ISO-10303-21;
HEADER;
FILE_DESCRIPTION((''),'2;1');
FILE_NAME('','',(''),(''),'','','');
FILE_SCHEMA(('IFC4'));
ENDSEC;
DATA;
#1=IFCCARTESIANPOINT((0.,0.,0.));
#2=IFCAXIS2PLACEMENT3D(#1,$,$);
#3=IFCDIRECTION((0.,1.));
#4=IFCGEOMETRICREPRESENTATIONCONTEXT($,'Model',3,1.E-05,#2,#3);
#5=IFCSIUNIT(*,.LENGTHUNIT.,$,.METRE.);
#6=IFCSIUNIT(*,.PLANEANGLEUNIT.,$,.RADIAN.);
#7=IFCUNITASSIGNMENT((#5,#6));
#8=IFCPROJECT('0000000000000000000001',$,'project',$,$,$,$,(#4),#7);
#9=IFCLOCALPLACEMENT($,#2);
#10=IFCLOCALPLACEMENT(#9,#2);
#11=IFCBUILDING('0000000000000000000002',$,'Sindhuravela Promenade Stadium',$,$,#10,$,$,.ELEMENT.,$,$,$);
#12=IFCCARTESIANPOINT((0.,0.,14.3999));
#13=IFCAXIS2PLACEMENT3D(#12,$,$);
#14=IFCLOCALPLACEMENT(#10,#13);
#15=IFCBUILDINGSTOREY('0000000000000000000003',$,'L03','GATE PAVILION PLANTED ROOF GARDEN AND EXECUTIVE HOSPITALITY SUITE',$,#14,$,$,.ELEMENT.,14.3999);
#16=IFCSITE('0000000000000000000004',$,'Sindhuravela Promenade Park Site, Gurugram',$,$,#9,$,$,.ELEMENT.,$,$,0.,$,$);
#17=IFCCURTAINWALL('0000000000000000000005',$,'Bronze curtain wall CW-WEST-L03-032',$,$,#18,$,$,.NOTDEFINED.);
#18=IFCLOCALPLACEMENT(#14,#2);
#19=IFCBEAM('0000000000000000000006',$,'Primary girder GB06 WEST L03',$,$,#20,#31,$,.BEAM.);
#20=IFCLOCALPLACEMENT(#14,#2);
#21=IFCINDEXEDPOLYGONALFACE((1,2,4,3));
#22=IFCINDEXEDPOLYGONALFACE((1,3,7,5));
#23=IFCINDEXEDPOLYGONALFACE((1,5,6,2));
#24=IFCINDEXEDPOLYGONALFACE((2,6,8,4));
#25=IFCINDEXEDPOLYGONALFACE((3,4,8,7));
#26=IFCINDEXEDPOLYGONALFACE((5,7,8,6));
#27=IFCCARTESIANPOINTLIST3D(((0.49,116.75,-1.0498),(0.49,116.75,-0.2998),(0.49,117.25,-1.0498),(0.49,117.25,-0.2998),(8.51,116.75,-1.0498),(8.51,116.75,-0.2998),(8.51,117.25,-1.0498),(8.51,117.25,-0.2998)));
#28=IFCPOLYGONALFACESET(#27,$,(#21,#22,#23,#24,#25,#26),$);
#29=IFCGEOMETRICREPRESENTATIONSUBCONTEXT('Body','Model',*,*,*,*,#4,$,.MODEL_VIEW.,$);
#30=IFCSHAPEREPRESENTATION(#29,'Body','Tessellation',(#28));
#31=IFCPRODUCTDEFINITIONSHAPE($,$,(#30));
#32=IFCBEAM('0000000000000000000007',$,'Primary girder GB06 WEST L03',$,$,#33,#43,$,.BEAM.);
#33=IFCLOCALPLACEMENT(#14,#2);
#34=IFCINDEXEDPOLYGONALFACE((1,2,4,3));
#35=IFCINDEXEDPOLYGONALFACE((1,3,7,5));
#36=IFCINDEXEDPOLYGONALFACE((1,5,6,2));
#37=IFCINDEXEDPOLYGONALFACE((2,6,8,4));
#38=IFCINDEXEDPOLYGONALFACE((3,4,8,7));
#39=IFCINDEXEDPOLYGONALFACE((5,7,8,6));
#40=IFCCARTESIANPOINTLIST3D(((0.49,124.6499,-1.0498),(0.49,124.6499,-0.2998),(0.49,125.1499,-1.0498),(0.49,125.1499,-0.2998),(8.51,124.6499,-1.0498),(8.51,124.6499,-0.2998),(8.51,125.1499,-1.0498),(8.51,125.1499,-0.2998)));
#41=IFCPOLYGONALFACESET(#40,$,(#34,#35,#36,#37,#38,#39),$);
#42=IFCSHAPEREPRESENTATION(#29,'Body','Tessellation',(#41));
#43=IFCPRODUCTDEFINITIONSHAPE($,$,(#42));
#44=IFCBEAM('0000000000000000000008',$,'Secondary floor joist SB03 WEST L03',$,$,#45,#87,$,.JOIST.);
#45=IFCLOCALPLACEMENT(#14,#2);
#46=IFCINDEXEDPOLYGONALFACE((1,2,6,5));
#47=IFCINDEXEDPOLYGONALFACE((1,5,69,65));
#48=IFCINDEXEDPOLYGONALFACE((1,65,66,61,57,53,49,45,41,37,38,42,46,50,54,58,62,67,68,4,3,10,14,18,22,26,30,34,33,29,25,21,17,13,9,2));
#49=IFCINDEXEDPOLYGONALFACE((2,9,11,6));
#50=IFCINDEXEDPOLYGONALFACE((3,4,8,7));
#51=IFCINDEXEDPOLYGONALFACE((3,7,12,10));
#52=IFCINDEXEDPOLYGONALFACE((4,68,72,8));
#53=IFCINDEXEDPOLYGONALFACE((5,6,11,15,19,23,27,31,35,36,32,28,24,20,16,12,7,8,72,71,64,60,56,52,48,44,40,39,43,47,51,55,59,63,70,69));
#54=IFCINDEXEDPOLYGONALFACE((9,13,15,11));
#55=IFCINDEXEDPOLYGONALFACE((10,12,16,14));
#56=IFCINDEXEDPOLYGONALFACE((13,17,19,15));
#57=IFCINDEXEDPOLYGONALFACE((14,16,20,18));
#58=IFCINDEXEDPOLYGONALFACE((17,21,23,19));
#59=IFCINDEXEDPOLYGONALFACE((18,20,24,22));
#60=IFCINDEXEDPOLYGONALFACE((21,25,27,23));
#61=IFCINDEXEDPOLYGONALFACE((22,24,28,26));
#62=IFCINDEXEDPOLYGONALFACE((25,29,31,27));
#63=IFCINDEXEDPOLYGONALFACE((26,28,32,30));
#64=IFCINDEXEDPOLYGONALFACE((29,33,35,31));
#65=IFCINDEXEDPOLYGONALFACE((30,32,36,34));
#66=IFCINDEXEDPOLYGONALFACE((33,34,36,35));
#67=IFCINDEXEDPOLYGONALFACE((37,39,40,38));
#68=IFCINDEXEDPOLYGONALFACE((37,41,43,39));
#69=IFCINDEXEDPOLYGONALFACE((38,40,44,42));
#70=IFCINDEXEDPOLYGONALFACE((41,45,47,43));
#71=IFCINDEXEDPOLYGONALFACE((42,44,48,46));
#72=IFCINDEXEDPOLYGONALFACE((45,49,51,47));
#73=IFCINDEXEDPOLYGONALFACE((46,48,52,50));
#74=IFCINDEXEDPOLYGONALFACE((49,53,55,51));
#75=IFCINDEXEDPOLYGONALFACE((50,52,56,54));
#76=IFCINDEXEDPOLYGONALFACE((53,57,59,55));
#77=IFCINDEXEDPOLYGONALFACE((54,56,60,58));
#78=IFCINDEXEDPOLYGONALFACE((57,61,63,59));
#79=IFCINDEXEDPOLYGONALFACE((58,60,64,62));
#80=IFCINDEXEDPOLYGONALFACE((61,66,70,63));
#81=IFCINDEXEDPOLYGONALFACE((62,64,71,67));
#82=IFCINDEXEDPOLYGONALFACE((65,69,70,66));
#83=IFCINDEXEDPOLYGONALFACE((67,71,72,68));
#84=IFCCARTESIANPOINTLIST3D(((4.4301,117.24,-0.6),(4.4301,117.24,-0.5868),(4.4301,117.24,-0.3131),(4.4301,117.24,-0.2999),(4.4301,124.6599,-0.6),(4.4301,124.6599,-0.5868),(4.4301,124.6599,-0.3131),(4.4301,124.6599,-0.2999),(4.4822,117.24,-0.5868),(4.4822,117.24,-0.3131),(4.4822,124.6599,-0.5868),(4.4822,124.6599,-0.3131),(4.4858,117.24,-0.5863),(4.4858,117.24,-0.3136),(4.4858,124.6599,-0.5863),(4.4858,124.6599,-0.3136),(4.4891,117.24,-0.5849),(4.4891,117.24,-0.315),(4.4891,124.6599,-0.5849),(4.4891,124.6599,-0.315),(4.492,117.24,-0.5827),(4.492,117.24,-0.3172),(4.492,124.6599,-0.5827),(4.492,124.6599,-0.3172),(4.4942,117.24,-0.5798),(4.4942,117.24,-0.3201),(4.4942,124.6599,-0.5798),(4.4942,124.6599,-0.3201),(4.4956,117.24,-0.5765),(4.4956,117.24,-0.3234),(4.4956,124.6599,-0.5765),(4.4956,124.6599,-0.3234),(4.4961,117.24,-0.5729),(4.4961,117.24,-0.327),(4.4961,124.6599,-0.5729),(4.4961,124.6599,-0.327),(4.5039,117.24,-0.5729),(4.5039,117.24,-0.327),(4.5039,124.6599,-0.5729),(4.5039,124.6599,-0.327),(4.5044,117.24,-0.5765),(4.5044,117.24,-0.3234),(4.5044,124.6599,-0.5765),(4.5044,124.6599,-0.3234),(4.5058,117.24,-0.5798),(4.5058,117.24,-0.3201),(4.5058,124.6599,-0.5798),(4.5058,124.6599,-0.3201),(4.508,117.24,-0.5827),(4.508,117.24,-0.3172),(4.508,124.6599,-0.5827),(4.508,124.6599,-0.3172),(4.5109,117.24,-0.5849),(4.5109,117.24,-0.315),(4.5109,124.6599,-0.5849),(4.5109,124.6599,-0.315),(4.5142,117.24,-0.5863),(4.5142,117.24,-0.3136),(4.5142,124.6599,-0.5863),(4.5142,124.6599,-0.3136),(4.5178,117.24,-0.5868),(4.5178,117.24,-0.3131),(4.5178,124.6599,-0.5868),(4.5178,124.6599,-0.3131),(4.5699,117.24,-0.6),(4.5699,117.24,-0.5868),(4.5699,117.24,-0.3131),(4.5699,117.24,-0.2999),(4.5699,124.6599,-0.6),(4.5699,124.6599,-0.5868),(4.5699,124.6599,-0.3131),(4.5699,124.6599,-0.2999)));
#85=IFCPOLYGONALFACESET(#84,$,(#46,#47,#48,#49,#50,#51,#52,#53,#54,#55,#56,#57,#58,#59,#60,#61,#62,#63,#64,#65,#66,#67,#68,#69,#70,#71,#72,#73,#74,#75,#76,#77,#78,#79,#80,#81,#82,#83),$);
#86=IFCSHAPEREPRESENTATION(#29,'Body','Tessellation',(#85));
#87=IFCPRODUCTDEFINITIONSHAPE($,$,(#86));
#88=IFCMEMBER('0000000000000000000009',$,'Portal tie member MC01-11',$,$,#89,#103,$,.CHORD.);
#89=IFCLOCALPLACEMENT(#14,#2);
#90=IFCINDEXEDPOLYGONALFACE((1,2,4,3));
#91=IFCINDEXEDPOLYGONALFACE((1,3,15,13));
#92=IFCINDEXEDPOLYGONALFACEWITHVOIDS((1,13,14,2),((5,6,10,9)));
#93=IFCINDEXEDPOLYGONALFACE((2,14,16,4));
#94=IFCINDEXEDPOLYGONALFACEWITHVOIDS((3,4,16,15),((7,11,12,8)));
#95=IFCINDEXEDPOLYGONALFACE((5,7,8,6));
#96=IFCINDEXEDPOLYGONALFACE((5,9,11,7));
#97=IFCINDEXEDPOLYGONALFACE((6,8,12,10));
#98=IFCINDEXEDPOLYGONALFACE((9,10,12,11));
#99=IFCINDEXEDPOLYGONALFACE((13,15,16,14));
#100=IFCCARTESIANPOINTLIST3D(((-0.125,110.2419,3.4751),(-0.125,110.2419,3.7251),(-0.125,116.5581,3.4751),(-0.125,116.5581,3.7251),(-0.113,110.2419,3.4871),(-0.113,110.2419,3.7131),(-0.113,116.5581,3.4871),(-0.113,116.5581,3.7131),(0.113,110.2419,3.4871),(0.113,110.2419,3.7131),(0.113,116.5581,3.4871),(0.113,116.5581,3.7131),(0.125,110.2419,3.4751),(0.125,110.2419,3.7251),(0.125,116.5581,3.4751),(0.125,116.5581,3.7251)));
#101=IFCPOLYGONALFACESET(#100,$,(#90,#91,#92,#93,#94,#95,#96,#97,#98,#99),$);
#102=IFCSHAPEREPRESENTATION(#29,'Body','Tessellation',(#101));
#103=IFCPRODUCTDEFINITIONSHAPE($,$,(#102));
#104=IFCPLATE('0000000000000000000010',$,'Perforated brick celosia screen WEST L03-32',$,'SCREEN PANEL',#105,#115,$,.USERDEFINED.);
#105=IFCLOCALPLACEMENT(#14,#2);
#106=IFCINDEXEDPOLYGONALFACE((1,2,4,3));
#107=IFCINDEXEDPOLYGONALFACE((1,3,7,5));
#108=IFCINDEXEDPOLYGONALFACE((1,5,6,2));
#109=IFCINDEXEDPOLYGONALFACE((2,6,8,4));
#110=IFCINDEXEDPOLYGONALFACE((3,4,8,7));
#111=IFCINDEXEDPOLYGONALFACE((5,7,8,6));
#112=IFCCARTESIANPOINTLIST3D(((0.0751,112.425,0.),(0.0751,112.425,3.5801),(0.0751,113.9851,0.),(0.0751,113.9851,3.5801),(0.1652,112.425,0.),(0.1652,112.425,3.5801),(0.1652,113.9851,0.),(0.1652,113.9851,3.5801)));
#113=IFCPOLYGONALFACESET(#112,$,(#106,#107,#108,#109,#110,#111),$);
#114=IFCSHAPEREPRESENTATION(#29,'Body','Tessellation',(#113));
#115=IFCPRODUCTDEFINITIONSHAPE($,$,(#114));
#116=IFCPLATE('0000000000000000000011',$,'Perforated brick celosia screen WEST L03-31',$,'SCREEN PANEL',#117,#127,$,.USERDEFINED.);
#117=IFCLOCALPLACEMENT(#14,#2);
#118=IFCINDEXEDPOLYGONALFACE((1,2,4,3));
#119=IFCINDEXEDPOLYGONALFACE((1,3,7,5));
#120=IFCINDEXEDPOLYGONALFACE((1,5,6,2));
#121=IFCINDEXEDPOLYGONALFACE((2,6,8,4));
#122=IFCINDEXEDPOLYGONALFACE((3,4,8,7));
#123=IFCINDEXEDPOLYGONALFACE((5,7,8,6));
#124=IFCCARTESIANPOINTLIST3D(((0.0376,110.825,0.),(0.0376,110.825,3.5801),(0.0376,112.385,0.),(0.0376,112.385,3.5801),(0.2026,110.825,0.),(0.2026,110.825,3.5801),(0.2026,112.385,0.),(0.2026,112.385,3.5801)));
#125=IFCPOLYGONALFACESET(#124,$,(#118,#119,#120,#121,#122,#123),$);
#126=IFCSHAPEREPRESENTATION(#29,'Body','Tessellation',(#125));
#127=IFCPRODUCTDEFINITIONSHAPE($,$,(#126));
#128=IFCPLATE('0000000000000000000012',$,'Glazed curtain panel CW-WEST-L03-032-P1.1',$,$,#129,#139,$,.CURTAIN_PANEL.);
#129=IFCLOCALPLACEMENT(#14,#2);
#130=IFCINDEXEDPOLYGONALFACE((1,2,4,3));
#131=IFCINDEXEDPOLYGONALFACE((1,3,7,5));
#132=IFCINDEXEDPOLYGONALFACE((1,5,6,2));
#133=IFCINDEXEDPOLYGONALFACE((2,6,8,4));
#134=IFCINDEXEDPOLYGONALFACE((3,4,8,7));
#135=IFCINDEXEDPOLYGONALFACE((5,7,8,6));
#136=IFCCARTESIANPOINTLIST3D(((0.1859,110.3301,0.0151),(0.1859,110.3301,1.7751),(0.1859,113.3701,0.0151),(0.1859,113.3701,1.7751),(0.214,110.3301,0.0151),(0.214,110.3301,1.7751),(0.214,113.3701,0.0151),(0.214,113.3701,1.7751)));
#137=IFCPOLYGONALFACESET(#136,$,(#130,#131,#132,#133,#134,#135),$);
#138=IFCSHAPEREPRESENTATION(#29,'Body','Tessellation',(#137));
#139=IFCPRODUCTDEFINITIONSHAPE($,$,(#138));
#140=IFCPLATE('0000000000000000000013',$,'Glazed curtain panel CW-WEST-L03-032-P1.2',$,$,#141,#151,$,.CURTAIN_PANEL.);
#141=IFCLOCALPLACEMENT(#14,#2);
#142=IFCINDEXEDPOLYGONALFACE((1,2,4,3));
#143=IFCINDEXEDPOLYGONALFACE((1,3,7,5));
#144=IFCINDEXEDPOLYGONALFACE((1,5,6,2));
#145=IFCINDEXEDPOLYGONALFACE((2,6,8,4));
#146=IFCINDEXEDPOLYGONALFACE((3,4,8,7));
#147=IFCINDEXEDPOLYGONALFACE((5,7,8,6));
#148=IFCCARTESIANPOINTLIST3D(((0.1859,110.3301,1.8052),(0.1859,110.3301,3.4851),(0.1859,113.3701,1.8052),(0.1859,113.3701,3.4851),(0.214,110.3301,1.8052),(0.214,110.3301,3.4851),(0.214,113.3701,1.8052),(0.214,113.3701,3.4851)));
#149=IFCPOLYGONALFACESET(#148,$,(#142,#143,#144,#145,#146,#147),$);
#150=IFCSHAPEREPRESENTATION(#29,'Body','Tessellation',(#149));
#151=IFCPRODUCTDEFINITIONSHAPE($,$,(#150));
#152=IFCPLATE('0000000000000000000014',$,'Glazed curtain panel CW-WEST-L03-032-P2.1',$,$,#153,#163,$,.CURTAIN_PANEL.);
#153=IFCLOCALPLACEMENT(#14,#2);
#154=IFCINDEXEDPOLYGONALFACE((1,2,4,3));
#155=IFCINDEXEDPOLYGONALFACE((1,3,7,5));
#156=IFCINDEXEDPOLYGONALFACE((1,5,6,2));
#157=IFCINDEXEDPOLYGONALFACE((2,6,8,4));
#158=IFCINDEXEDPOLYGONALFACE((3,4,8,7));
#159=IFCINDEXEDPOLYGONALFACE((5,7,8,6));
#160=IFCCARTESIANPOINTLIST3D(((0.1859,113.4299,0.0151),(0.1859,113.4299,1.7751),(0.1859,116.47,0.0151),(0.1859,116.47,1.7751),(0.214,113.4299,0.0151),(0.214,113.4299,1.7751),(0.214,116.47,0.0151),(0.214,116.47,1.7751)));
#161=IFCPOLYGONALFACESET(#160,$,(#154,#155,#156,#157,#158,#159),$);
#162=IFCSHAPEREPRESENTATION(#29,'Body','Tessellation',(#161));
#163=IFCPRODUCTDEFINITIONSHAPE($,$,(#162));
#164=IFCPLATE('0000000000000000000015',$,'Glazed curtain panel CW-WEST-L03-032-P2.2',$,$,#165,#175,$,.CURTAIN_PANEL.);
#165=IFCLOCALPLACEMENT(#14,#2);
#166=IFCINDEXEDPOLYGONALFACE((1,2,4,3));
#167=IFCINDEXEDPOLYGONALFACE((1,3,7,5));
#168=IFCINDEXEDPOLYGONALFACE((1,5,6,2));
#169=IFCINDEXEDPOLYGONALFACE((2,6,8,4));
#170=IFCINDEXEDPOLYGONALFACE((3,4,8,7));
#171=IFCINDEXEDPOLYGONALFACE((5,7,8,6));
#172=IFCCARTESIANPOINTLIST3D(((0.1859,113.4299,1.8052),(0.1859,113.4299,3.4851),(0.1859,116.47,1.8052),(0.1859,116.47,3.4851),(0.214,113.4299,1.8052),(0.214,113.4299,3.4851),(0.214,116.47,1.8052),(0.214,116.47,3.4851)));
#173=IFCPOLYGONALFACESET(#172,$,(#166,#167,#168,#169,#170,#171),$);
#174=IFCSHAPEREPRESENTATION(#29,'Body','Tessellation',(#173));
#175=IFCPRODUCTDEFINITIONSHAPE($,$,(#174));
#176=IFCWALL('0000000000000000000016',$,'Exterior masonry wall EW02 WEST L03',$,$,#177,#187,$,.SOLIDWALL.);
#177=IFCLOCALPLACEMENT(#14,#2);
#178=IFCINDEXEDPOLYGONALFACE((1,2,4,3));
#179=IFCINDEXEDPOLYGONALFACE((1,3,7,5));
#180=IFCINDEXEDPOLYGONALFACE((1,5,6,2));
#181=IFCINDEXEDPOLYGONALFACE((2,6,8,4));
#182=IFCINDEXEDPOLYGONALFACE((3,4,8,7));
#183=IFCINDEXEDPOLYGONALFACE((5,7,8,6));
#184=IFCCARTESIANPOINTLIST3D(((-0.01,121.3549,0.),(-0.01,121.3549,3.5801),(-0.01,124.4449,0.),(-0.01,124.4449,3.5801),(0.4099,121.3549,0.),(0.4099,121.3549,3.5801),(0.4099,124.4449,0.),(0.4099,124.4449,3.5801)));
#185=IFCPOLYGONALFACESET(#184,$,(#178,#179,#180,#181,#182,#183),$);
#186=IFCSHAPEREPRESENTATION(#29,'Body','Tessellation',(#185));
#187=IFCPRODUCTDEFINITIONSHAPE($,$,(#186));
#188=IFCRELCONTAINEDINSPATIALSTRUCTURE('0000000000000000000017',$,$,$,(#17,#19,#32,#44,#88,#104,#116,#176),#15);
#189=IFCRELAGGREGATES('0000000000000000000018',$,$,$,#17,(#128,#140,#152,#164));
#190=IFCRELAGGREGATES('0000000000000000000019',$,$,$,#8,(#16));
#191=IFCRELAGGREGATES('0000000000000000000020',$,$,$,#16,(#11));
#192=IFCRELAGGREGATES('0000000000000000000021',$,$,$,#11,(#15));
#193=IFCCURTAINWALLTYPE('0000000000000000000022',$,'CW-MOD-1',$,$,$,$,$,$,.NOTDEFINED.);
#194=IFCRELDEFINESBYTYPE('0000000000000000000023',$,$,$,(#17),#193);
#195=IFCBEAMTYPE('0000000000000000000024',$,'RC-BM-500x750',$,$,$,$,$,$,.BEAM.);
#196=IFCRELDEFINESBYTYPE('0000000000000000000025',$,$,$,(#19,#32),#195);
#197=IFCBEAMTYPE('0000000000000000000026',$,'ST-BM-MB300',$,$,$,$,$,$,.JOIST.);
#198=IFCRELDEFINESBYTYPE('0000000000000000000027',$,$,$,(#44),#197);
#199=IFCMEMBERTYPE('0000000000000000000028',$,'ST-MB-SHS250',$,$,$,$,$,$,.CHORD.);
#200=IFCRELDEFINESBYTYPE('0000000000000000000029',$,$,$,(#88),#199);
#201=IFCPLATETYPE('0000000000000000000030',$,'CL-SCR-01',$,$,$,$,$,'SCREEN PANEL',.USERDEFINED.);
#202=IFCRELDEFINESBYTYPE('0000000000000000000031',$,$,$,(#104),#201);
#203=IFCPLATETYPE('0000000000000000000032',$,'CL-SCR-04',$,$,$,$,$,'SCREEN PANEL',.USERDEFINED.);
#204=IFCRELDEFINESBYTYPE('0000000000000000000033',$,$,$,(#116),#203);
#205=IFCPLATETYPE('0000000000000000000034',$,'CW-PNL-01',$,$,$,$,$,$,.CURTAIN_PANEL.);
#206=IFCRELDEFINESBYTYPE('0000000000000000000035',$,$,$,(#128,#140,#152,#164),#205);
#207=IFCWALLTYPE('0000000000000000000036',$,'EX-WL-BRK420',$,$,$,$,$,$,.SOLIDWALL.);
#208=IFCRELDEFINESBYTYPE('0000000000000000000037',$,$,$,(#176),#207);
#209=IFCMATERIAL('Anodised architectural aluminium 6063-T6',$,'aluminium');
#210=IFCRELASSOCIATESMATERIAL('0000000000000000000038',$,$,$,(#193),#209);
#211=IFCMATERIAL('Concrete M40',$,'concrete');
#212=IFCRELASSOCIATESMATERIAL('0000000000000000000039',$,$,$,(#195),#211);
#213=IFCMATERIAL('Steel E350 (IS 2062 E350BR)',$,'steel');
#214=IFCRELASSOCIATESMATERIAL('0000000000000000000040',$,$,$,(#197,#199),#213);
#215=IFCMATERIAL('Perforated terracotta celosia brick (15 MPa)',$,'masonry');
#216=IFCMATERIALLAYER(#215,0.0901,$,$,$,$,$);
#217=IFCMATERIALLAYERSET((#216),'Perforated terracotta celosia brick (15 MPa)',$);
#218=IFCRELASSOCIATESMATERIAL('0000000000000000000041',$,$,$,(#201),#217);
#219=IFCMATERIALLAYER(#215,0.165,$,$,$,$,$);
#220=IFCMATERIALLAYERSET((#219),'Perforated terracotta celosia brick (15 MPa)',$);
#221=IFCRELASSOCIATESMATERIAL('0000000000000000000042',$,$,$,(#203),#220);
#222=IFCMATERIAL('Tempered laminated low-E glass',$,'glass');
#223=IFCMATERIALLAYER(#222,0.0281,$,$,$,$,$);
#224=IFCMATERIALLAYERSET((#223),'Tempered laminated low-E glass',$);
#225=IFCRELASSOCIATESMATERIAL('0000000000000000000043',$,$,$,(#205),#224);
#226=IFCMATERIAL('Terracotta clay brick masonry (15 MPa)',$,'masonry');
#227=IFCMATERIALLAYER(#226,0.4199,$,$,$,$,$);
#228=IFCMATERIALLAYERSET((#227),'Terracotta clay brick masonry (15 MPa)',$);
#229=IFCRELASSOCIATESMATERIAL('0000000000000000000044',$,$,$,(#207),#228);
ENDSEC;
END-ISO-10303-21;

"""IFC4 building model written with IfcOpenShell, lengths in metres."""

from ifc_helpers import new_model, si_unit, direction, frame, frame_2d, origin, origin_2d, place, context, subcontext, project, spatial, rectangle, hollow_rectangle, i_section, extrude, material, layer, layer_set, material_profile, profile_set, type_object, element, aggregate, save


model = new_model("IFC4")

# Units and contexts
model_context = context("Model", 3, precision=1e-05, world=origin(), true_north=direction((0.0, 1.0)))
body_context = subcontext(model_context, "Body", "Model", "MODEL_VIEW")
ifc_project = project(units=[si_unit("LENGTHUNIT", "METRE"), si_unit("PLANEANGLEUNIT", "RADIAN")], contexts=[model_context])

# Site, building, storey
site_placement = place(None, origin())
site = spatial("IfcSite", under=ifc_project, at=site_placement, Name="Sindhuravela Promenade Park Site, Gurugram", CompositionType="ELEMENT", RefElevation=0.0)
building_placement = place(site_placement, origin())
building = spatial("IfcBuilding", under=site, at=building_placement, Name="Sindhuravela Promenade Stadium", CompositionType="ELEMENT")
storey_placement = place(building_placement, frame((0.0, 0.0, 14.3999)))
storey = spatial("IfcBuildingStorey", under=building, at=storey_placement, Name="L03", Description="GATE PAVILION PLANTED ROOF GARDEN AND EXECUTIVE HOSPITALITY SUITE", CompositionType="ELEMENT", Elevation=14.3999)

# Shared definitions
ifc_material_1 = material(Name="Concrete M40", Category="concrete")

# Curtain wall
ifc_material_2 = material(Name="Anodised architectural aluminium 6063-T6", Category="aluminium")
curtain_wall_type_1 = type_object("IfcCurtainWallType", Name="CW-MOD-1", PredefinedType="NOTDEFINED", material=ifc_material_2)
curtain_wall_1_placement = place(storey_placement, origin())
curtain_wall_1 = element("IfcCurtainWall", 1, at=curtain_wall_1_placement, inside=storey, type_object=curtain_wall_type_1, Name="Bronze curtain wall CW-WEST-L03-032", PredefinedType="NOTDEFINED")

# Beams
ifc_material_profile_1 = material_profile(ifc_material_1, rectangle(XDim=0.5, YDim=0.75, at=origin_2d()), Name="RC 500x750")
ifc_profile_set_1 = profile_set([ifc_material_profile_1], Name="Concrete M40")
beam_type_1 = type_object("IfcBeamType", Name="RC-BM-500x750", PredefinedType="BEAM", material=ifc_profile_set_1)
for number, where, z_axis, x_axis, name in (
    (2, (0.49, 117.0, -0.6748), (1.0, 0.0, 0.0), (0.0, 1.0, 0.0), "Primary girder GB06 WEST L03"),
    (3, (0.49, 124.8999, -0.6748), (1.0, 0.0, 0.0), (0.0, 1.0, 0.0), "Primary girder GB06 WEST L03"),
):
    element("IfcBeam", number, at=place(storey_placement, frame(where, z_axis=z_axis, x_axis=x_axis)), inside=storey, type_object=beam_type_1, Name=name, PredefinedType="BEAM", context=body_context, shape_type="SweptSolid", body=[
        extrude(rectangle(XDim=0.5, YDim=0.75, at=origin_2d()), origin(), (0.0, 0.0, 1.0), 8.02),
    ])
ifc_material_3 = material(Name="Steel E350 (IS 2062 E350BR)", Category="steel")
ifc_material_profile_2 = material_profile(ifc_material_3, i_section(OverallWidth=0.1399, OverallDepth=0.3, WebThickness=0.0078, FlangeThickness=0.0132, FilletRadius=0.0139, at=origin_2d()), Name="ISMB 300")
ifc_profile_set_2 = profile_set([ifc_material_profile_2], Name="Steel E350 (IS 2062 E350BR)")
beam_type_2 = type_object("IfcBeamType", Name="ST-BM-MB300", PredefinedType="JOIST", material=ifc_profile_set_2)
beam_1_placement = place(storey_placement, frame((4.5, 117.24, -0.45), z_axis=(0.0, 1.0, 0.0), x_axis=(-1.0, 0.0, 0.0)))
element("IfcBeam", 4, at=beam_1_placement, inside=storey, type_object=beam_type_2, Name="Secondary floor joist SB03 WEST L03", PredefinedType="JOIST", context=body_context, shape_type="SweptSolid", body=[
    extrude(i_section(OverallWidth=0.1399, OverallDepth=0.3, WebThickness=0.0078, FlangeThickness=0.0132, FilletRadius=0.0139, at=origin_2d()), origin(), (0.0, 0.0, 1.0), 7.4199),
])

# Member
ifc_material_profile_3 = material_profile(ifc_material_3, hollow_rectangle(XDim=0.25, YDim=0.25, WallThickness=0.012, at=origin_2d()), Name="SHS 250x250x12")
ifc_profile_set_3 = profile_set([ifc_material_profile_3], Name="Steel E350 (IS 2062 E350BR)")
member_type_1 = type_object("IfcMemberType", Name="ST-MB-SHS250", PredefinedType="CHORD", material=ifc_profile_set_3)
member_1_placement = place(storey_placement, frame((0.0, 110.2419, 3.6001), z_axis=(0.0, 1.0, 0.0), x_axis=(-1.0, 0.0, 0.0)))
element("IfcMember", 5, at=member_1_placement, inside=storey, type_object=member_type_1, Name="Portal tie member MC01-11", PredefinedType="CHORD", context=body_context, shape_type="SweptSolid", body=[
    extrude(hollow_rectangle(XDim=0.25, YDim=0.25, WallThickness=0.012, at=origin_2d()), origin(), (0.0, 0.0, 1.0), 6.3162),
])

# Plates
ifc_material_4 = material(Name="Perforated terracotta celosia brick (15 MPa)", Category="masonry")
ifc_layer_1 = layer(ifc_material_4, 0.0901)
ifc_layer_set_1 = layer_set([ifc_layer_1], Name="Perforated terracotta celosia brick (15 MPa)")
plate_type_1 = type_object("IfcPlateType", Name="CL-SCR-01", ElementType="SCREEN PANEL", PredefinedType="USERDEFINED", material=ifc_layer_set_1)
plate_1_placement = place(storey_placement, frame((0.1201, 113.2051, 0.0), z_axis=(0.0, 0.0, 1.0), x_axis=(0.0, 1.0, 0.0)))
element("IfcPlate", 6, at=plate_1_placement, inside=storey, type_object=plate_type_1, Name="Perforated brick celosia screen WEST L03-32", ObjectType="SCREEN PANEL", PredefinedType="USERDEFINED", context=body_context, shape_type="SweptSolid", body=[
    extrude(rectangle(XDim=1.5601, YDim=0.0901, at=origin_2d()), origin(), (0.0, 0.0, 1.0), 3.5801),
])
ifc_layer_2 = layer(ifc_material_4, 0.165)
ifc_layer_set_2 = layer_set([ifc_layer_2], Name="Perforated terracotta celosia brick (15 MPa)")
plate_type_2 = type_object("IfcPlateType", Name="CL-SCR-04", ElementType="SCREEN PANEL", PredefinedType="USERDEFINED", material=ifc_layer_set_2)
plate_2_placement = place(storey_placement, frame((0.1201, 111.605, 0.0), z_axis=(0.0, 0.0, 1.0), x_axis=(0.0, 1.0, 0.0)))
element("IfcPlate", 7, at=plate_2_placement, inside=storey, type_object=plate_type_2, Name="Perforated brick celosia screen WEST L03-31", ObjectType="SCREEN PANEL", PredefinedType="USERDEFINED", context=body_context, shape_type="SweptSolid", body=[
    extrude(rectangle(XDim=1.5601, YDim=0.165, at=origin_2d()), origin(), (0.0, 0.0, 1.0), 3.5801),
])

# Plates
ifc_material_5 = material(Name="Tempered laminated low-E glass", Category="glass")
ifc_layer_3 = layer(ifc_material_5, 0.0281)
ifc_layer_set_3 = layer_set([ifc_layer_3], Name="Tempered laminated low-E glass")
plate_type_3 = type_object("IfcPlateType", Name="CW-PNL-01", PredefinedType="CURTAIN_PANEL", material=ifc_layer_set_3)
plate_3_placement = place(storey_placement, frame((0.2, 111.8501, 0.0151), z_axis=(0.0, 0.0, 1.0), x_axis=(0.0, 1.0, 0.0)))
plate_3 = element("IfcPlate", 8, at=plate_3_placement, type_object=plate_type_3, Name="Glazed curtain panel CW-WEST-L03-032-P1.1", PredefinedType="CURTAIN_PANEL", context=body_context, shape_type="SweptSolid", body=[
    extrude(rectangle(XDim=3.04, YDim=0.0281, at=origin_2d()), origin(), (0.0, 0.0, 1.0), 1.76),
])
plate_4_placement = place(storey_placement, frame((0.2, 111.8501, 1.8052), z_axis=(0.0, 0.0, 1.0), x_axis=(0.0, 1.0, 0.0)))
plate_4 = element("IfcPlate", 9, at=plate_4_placement, type_object=plate_type_3, Name="Glazed curtain panel CW-WEST-L03-032-P1.2", PredefinedType="CURTAIN_PANEL", context=body_context, shape_type="SweptSolid", body=[
    extrude(rectangle(XDim=3.04, YDim=0.0281, at=origin_2d()), origin(), (0.0, 0.0, 1.0), 1.6799),
])
plate_5_placement = place(storey_placement, frame((0.2, 114.95, 0.0151), z_axis=(0.0, 0.0, 1.0), x_axis=(0.0, 1.0, 0.0)))
plate_5 = element("IfcPlate", 10, at=plate_5_placement, type_object=plate_type_3, Name="Glazed curtain panel CW-WEST-L03-032-P2.1", PredefinedType="CURTAIN_PANEL", context=body_context, shape_type="SweptSolid", body=[
    extrude(rectangle(XDim=3.04, YDim=0.0281, at=origin_2d()), origin(), (0.0, 0.0, 1.0), 1.76),
])
plate_6_placement = place(storey_placement, frame((0.2, 114.95, 1.8052), z_axis=(0.0, 0.0, 1.0), x_axis=(0.0, 1.0, 0.0)))
plate_6 = element("IfcPlate", 11, at=plate_6_placement, type_object=plate_type_3, Name="Glazed curtain panel CW-WEST-L03-032-P2.2", PredefinedType="CURTAIN_PANEL", context=body_context, shape_type="SweptSolid", body=[
    extrude(rectangle(XDim=3.04, YDim=0.0281, at=origin_2d()), origin(), (0.0, 0.0, 1.0), 1.6799),
])
aggregate(curtain_wall_1, [plate_3, plate_4, plate_5, plate_6])

# Wall
ifc_material_6 = material(Name="Terracotta clay brick masonry (15 MPa)", Category="masonry")
ifc_layer_4 = layer(ifc_material_6, 0.4199)
ifc_layer_set_4 = layer_set([ifc_layer_4], Name="Terracotta clay brick masonry (15 MPa)")
wall_type_1 = type_object("IfcWallType", Name="EX-WL-BRK420", PredefinedType="SOLIDWALL", material=ifc_layer_set_4)
wall_1_placement = place(storey_placement, frame((0.2, 121.355, 0.0), z_axis=(0.0, 0.0, 1.0), x_axis=(0.0, 1.0, 0.0)))
element("IfcWall", 12, at=wall_1_placement, inside=storey, type_object=wall_type_1, Name="Exterior masonry wall EW02 WEST L03", PredefinedType="SOLIDWALL", context=body_context, shape_type="SweptSolid", body=[
    extrude(rectangle(XDim=3.0901, YDim=0.4199, at=frame_2d((1.5449, 0.0))), origin(), (0.0, 0.0, 1.0), 3.5801),
])

save(model, "model.ifc")
